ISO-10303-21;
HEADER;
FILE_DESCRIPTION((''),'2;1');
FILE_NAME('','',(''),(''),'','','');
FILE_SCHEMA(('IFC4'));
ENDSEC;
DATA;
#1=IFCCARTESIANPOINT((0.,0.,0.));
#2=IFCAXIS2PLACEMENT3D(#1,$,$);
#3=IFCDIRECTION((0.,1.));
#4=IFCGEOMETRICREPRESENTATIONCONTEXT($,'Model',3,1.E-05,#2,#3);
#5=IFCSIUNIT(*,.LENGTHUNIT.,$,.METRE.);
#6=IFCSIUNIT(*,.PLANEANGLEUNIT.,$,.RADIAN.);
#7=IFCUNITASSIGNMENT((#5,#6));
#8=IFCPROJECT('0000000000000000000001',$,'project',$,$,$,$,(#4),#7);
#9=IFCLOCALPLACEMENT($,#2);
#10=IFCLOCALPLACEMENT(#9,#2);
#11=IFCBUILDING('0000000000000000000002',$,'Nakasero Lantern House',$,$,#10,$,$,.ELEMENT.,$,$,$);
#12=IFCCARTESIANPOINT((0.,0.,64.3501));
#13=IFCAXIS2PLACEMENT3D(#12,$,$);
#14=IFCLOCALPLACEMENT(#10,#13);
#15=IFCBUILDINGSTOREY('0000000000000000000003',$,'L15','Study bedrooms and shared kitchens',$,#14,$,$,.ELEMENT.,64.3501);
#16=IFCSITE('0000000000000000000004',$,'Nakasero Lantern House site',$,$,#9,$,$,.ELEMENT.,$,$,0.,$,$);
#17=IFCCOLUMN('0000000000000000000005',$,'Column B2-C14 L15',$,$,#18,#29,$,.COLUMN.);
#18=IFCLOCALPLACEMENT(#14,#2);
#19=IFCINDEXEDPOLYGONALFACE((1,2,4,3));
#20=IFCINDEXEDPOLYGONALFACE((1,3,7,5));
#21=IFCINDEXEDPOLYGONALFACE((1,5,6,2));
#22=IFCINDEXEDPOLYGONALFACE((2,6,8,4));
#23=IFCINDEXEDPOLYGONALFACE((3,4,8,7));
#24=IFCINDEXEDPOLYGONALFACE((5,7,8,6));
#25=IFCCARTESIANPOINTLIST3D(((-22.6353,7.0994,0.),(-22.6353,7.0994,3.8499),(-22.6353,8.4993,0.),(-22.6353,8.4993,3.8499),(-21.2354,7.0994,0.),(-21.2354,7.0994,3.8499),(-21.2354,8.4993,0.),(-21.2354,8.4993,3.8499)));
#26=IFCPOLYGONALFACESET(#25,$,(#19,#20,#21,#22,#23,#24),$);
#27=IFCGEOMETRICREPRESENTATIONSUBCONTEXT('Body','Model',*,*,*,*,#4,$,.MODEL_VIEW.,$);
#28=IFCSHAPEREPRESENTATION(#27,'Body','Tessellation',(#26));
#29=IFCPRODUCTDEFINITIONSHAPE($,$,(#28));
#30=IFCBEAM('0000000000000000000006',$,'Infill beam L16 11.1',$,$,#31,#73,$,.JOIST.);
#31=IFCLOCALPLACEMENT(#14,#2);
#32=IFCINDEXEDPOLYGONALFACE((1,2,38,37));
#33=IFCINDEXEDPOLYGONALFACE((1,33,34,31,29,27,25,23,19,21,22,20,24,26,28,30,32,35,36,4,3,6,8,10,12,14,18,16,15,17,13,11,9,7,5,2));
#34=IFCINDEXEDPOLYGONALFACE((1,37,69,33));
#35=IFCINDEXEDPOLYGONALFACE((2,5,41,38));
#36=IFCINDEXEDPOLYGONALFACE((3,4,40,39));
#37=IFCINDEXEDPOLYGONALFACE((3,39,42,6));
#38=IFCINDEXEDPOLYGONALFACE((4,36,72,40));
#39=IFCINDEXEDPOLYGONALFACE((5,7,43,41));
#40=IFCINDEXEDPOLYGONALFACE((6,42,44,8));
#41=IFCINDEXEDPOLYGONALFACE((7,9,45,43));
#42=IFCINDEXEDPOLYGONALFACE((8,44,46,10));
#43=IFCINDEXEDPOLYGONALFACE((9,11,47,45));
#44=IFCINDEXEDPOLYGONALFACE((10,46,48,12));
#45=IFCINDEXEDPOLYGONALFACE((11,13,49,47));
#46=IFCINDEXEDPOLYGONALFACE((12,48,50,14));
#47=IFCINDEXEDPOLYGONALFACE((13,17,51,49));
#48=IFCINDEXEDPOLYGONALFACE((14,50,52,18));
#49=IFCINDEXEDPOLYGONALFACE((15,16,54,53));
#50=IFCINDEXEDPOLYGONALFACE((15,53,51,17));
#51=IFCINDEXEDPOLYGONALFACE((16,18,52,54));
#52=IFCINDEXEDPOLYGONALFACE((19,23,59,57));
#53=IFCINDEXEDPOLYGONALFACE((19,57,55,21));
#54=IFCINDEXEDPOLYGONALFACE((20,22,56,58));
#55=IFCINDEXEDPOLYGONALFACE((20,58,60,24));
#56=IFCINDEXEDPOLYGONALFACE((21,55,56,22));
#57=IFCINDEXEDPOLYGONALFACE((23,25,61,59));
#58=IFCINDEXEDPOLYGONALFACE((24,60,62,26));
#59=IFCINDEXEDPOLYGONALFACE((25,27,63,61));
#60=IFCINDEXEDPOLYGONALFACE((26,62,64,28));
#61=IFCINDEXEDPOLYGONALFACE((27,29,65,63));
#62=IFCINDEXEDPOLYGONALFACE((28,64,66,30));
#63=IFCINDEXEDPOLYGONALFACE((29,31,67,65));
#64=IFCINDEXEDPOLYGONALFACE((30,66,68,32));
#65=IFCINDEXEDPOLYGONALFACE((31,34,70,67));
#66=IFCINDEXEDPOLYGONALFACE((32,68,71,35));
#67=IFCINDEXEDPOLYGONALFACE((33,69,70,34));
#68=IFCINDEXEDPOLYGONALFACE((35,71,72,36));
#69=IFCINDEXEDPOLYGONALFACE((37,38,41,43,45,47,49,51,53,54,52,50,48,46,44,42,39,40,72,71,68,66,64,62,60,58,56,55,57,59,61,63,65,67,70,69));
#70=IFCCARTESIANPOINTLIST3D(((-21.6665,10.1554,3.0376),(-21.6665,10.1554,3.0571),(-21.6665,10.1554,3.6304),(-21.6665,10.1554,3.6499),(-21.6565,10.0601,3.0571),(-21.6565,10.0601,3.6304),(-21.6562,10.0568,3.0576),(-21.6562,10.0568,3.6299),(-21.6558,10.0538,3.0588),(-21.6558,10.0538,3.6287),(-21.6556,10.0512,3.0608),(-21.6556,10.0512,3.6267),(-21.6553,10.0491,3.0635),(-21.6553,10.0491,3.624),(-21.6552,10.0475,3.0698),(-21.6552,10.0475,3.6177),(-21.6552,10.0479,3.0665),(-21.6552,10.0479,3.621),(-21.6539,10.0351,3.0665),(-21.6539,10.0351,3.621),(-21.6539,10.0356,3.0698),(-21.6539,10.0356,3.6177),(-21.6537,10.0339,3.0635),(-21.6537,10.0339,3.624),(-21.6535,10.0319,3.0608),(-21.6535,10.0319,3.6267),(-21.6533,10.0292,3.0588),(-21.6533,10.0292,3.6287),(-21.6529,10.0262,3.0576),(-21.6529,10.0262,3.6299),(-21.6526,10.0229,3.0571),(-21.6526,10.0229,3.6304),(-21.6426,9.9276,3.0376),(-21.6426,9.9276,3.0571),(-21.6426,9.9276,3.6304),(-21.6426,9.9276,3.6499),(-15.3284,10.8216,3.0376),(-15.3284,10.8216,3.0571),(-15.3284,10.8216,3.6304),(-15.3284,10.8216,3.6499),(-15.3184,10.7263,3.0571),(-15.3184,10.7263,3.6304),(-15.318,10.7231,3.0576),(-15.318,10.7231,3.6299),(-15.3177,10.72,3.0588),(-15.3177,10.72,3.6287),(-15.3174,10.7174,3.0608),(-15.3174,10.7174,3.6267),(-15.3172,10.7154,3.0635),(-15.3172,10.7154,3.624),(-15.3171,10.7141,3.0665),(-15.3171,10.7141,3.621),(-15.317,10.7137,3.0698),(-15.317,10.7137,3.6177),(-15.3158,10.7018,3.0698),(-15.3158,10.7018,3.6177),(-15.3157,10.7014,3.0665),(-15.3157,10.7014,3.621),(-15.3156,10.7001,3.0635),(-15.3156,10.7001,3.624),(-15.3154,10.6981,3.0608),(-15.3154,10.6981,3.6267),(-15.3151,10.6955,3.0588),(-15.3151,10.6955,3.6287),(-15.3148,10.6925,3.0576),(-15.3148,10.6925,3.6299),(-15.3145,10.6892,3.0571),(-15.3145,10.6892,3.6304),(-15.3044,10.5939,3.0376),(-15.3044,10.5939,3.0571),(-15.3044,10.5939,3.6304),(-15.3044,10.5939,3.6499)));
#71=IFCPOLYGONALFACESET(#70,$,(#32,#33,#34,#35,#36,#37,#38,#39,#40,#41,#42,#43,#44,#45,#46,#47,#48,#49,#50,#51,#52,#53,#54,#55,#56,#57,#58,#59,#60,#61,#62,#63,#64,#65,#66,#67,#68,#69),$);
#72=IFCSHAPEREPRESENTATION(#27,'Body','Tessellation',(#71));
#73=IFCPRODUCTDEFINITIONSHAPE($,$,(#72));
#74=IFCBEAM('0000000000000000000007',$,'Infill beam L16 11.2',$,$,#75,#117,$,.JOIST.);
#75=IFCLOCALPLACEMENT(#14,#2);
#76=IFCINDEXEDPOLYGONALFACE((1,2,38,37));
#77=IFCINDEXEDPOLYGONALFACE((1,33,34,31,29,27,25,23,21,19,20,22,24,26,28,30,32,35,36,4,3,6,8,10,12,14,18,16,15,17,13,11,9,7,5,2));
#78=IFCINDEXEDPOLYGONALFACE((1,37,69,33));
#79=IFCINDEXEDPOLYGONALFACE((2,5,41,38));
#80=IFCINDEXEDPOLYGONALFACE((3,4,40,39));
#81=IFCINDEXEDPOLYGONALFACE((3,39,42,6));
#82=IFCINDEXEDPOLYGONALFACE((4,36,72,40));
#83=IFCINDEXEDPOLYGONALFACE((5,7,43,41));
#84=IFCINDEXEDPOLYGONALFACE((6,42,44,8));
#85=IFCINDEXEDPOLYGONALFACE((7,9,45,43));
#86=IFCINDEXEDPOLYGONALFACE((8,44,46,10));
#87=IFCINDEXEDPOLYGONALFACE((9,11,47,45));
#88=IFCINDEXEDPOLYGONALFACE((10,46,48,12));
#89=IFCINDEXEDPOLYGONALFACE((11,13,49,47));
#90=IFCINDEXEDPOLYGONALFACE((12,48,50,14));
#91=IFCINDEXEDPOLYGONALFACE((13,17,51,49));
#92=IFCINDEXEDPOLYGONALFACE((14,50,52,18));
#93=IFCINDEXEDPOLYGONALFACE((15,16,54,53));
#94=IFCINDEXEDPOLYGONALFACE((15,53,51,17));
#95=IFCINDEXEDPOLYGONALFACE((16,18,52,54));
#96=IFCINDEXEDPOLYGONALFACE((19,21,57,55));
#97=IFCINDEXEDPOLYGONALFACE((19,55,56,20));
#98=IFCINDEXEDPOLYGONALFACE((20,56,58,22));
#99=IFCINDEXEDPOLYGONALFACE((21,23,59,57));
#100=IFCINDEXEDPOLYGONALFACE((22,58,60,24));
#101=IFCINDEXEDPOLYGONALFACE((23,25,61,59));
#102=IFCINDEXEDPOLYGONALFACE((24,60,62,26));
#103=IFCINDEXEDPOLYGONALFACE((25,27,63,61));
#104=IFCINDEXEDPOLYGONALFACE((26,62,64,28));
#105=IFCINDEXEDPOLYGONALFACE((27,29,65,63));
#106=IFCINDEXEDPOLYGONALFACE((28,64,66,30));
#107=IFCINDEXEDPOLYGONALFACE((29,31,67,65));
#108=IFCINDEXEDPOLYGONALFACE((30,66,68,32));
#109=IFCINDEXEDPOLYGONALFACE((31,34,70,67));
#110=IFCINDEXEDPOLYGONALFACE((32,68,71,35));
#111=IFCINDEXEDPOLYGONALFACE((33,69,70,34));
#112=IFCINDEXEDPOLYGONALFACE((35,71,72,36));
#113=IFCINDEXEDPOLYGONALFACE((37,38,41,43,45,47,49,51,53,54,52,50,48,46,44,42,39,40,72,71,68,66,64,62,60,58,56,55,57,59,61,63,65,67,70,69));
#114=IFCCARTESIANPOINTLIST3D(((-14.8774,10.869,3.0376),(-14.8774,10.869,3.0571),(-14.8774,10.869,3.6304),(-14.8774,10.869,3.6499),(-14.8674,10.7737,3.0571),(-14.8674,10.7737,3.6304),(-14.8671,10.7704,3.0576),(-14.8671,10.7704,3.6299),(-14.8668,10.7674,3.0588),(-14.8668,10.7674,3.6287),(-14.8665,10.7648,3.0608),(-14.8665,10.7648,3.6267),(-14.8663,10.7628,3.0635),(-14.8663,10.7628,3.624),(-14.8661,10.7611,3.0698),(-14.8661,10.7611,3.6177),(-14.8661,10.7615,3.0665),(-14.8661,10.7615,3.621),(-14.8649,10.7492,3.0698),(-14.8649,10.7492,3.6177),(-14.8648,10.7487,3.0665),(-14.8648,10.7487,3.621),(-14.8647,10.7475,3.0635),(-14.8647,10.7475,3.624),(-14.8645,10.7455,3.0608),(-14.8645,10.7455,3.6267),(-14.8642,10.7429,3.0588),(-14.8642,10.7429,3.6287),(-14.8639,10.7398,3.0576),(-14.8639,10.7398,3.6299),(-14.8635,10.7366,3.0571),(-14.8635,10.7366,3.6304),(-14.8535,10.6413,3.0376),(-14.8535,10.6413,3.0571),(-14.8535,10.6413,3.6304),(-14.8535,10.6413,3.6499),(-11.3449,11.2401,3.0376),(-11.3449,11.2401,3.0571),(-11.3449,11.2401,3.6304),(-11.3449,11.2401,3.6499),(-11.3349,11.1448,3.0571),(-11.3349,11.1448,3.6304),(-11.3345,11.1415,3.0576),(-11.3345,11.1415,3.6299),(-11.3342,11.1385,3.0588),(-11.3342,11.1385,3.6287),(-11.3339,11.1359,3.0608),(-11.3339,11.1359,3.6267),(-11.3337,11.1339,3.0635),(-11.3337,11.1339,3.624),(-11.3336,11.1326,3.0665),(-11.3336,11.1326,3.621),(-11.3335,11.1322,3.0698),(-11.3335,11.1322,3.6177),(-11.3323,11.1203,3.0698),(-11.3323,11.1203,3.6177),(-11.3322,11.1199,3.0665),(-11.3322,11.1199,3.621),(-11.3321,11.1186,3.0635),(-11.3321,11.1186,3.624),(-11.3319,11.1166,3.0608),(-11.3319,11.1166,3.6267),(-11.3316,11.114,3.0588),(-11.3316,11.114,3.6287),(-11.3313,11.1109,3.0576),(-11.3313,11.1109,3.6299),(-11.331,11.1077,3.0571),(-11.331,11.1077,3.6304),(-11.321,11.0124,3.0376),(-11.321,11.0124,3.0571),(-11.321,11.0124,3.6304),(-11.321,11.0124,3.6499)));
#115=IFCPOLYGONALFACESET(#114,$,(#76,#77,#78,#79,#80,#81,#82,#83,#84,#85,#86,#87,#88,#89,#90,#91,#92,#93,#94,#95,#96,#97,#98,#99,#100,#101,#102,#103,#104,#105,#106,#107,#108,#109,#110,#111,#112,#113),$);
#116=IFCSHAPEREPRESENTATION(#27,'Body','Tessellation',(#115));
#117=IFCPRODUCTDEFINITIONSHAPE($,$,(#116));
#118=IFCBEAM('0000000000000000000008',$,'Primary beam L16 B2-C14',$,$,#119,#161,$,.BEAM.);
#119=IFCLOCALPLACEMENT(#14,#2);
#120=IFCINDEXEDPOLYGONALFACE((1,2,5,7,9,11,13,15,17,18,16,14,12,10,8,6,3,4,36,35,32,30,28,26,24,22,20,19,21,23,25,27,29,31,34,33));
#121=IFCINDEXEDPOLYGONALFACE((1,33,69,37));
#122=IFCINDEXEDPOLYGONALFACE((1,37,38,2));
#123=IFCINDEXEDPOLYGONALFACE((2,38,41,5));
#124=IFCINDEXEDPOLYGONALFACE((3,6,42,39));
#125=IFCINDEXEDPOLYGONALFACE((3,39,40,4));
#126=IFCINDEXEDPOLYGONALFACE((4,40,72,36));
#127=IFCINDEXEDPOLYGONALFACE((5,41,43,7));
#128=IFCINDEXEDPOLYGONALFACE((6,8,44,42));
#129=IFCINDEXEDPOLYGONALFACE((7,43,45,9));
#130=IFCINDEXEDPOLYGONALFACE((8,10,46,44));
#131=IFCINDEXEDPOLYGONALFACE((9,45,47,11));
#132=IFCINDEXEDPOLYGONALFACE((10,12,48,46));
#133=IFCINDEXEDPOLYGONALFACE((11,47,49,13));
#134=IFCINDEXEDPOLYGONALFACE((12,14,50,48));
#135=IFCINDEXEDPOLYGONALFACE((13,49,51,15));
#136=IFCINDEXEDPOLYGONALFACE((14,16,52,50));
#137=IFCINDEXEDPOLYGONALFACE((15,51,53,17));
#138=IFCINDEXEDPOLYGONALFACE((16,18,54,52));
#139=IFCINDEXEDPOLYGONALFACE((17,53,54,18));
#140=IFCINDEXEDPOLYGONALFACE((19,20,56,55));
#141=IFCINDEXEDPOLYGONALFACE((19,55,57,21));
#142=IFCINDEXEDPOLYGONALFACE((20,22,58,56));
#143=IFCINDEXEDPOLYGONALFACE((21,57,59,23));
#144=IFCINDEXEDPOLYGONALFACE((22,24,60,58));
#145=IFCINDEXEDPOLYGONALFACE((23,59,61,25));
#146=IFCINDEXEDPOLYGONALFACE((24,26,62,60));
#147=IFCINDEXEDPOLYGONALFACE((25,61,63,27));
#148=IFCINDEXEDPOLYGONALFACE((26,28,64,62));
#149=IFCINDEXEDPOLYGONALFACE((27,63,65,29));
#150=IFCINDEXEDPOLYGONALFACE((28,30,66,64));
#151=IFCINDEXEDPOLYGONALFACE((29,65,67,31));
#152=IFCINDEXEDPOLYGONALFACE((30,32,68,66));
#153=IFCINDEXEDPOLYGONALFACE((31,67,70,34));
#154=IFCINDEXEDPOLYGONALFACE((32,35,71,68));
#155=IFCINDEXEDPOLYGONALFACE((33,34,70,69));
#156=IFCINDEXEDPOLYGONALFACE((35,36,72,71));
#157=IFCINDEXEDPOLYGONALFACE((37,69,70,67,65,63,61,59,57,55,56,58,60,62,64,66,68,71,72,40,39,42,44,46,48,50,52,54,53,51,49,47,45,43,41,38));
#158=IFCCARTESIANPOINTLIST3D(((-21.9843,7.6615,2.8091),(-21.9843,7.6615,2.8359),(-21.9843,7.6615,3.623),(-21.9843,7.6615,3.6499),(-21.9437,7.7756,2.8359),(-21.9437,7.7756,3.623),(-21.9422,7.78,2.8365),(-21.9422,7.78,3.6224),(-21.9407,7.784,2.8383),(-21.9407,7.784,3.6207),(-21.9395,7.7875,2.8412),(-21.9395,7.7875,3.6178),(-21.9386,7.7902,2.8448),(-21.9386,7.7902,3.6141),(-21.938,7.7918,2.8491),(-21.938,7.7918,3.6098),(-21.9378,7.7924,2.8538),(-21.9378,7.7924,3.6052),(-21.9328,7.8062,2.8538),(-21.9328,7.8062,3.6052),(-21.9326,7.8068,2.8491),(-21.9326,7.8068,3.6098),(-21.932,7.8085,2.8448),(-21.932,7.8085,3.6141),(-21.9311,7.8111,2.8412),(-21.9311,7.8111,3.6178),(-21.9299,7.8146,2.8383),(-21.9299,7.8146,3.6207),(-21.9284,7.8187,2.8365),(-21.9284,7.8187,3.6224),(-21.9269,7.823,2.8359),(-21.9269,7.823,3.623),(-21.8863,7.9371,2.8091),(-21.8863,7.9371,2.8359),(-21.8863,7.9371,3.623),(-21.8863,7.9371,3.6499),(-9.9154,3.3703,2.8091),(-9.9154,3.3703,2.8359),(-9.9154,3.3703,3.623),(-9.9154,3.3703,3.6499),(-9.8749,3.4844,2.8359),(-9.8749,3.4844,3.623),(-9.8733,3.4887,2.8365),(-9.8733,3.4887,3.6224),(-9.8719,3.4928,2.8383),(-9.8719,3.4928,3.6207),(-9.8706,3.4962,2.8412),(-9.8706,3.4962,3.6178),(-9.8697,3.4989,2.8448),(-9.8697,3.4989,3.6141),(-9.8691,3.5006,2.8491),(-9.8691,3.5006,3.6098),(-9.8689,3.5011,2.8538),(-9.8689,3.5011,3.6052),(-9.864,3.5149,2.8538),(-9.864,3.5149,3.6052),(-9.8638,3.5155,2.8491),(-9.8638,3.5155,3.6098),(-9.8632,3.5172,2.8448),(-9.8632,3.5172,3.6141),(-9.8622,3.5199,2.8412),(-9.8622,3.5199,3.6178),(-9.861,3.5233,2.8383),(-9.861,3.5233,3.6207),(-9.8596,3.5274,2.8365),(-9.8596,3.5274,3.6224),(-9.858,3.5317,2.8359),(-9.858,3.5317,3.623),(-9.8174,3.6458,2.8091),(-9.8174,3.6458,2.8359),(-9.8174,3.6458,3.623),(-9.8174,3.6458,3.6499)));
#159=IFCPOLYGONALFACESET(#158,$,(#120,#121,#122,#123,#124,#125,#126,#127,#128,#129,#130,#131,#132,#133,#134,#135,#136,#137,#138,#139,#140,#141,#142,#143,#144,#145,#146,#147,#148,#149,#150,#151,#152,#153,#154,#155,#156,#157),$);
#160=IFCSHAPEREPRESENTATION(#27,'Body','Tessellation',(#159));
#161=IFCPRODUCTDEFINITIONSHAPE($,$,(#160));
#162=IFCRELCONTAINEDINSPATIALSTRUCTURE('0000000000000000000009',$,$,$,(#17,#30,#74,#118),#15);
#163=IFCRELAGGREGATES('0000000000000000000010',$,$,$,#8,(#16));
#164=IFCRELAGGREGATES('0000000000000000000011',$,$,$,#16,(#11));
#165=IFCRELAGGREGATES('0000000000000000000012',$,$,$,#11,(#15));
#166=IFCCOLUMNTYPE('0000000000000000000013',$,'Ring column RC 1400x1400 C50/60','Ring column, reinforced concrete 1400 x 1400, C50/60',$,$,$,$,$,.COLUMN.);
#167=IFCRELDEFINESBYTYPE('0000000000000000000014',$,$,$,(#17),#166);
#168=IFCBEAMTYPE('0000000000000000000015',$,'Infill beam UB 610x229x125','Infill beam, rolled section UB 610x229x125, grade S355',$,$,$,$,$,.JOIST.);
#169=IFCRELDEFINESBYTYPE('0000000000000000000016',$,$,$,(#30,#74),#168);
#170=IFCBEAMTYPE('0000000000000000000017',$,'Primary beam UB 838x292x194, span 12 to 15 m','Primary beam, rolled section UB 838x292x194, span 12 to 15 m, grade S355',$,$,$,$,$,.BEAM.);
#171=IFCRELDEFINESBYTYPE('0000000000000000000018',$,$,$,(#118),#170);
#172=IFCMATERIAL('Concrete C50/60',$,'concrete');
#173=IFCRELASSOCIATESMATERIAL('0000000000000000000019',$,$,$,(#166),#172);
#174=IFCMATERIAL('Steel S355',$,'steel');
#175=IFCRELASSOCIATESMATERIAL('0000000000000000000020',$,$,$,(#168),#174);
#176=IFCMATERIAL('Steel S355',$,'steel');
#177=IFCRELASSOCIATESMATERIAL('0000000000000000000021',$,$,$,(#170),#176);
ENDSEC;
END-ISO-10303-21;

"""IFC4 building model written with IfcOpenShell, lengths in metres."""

from ifc_helpers import new_model, si_unit, direction, frame, origin, origin_2d, place, context, subcontext, project, spatial, rectangle, i_section, extrude, material, material_profile, profile_set, type_object, element, save


model = new_model("IFC4")

# Units and contexts
model_context = context("Model", 3, precision=1e-05, world=origin(), true_north=direction((0.0, 1.0)))
body_context = subcontext(model_context, "Body", "Model", "MODEL_VIEW")
ifc_project = project(units=[si_unit("LENGTHUNIT", "METRE"), si_unit("PLANEANGLEUNIT", "RADIAN")], contexts=[model_context])

# Site, building, storey
site_placement = place(None, origin())
site = spatial("IfcSite", under=ifc_project, at=site_placement, Name="Nakasero Lantern House site", CompositionType="ELEMENT", RefElevation=0.0)
building_placement = place(site_placement, origin())
building = spatial("IfcBuilding", under=site, at=building_placement, Name="Nakasero Lantern House", CompositionType="ELEMENT")
storey_placement = place(building_placement, frame((0.0, 0.0, 64.3501)))
storey = spatial("IfcBuildingStorey", under=building, at=storey_placement, Name="L15", Description="Study bedrooms and shared kitchens", CompositionType="ELEMENT", Elevation=64.3501)

# Column
ifc_material_1 = material(Name="Concrete C50/60", Category="concrete")
ifc_material_profile_1 = material_profile(ifc_material_1, rectangle(XDim=1.3999, YDim=1.3999, at=origin_2d()), Name="RC 1400x1400")
ifc_profile_set_1 = profile_set([ifc_material_profile_1], Name="Concrete C50/60")
column_type = type_object("IfcColumnType", Name="Ring column RC 1400x1400 C50/60", Description="Ring column, reinforced concrete 1400 x 1400, C50/60", PredefinedType="COLUMN", material=ifc_profile_set_1)
column_placement = place(storey_placement, frame((-21.9353, 7.7993, 0.0), z_axis=(0.0, 0.0, 1.0), x_axis=(1.0, 0.0, 0.0)))
element("IfcColumn", 1, at=column_placement, inside=storey, type_object=column_type, Name="Column B2-C14 L15", PredefinedType="COLUMN", context=body_context, shape_type="SweptSolid", body=[
    extrude(rectangle(XDim=1.3999, YDim=1.3999, at=origin_2d()), origin(), (0.0, 0.0, 1.0), 3.8499),
])

# Beams
ifc_material_2 = material(Name="Steel S355", Category="steel")
ifc_material_profile_2 = material_profile(ifc_material_2, i_section(OverallWidth=0.229, OverallDepth=0.6123, WebThickness=0.012, FlangeThickness=0.0195, FilletRadius=0.0127, at=origin_2d()), Name="UB 610x229x125")
ifc_profile_set_2 = profile_set([ifc_material_profile_2], Name="Steel S355")
beam_type_1 = type_object("IfcBeamType", Name="Infill beam UB 610x229x125", Description="Infill beam, rolled section UB 610x229x125, grade S355", PredefinedType="JOIST", material=ifc_profile_set_2)
beam_1_placement = place(storey_placement, frame((-21.6545, 10.0415, 3.3438), z_axis=(0.99452, 0.104543, 0.0), x_axis=(-0.104543, 0.99452, 0.0)))
element("IfcBeam", 2, at=beam_1_placement, inside=storey, type_object=beam_type_1, Name="Infill beam L16 11.1", PredefinedType="JOIST", context=body_context, shape_type="SweptSolid", body=[
    extrude(i_section(OverallWidth=0.229, OverallDepth=0.6123, WebThickness=0.012, FlangeThickness=0.0195, FilletRadius=0.0127, at=origin_2d()), origin(), (0.0, 0.0, 1.0), 6.373),
])
beam_2_placement = place(storey_placement, frame((-14.8655, 10.7551, 3.3438), z_axis=(0.994527, 0.104477, 0.0), x_axis=(-0.104477, 0.994527, 0.0)))
element("IfcBeam", 3, at=beam_2_placement, inside=storey, type_object=beam_type_1, Name="Infill beam L16 11.2", PredefinedType="JOIST", context=body_context, shape_type="SweptSolid", body=[
    extrude(i_section(OverallWidth=0.229, OverallDepth=0.6123, WebThickness=0.012, FlangeThickness=0.0195, FilletRadius=0.0127, at=origin_2d()), origin(), (0.0, 0.0, 1.0), 3.552),
])
ifc_material_3 = material(Name="Steel S355", Category="steel")
ifc_material_profile_3 = material_profile(ifc_material_3, i_section(OverallWidth=0.2925, OverallDepth=0.8408, WebThickness=0.0146, FlangeThickness=0.0269, FilletRadius=0.0178, at=origin_2d()), Name="UB 838x292x194")
ifc_profile_set_3 = profile_set([ifc_material_profile_3], Name="Steel S355")
beam_type_2 = type_object("IfcBeamType", Name="Primary beam UB 838x292x194, span 12 to 15 m", Description="Primary beam, rolled section UB 838x292x194, span 12 to 15 m, grade S355", PredefinedType="BEAM", material=ifc_profile_set_3)
beam_3_placement = place(storey_placement, frame((-21.9353, 7.7993, 3.2295), z_axis=(0.942212, -0.335018, 0.0), x_axis=(0.335018, 0.942212, 0.0)))
element("IfcBeam", 4, at=beam_3_placement, inside=storey, type_object=beam_type_2, Name="Primary beam L16 B2-C14", PredefinedType="BEAM", context=body_context, shape_type="SweptSolid", body=[
    extrude(i_section(OverallWidth=0.2925, OverallDepth=0.8408, WebThickness=0.0146, FlangeThickness=0.0269, FilletRadius=0.0178, at=origin_2d()), origin(), (0.0, 0.0, 1.0), 12.8091),
])

save(model, "model.ifc")
